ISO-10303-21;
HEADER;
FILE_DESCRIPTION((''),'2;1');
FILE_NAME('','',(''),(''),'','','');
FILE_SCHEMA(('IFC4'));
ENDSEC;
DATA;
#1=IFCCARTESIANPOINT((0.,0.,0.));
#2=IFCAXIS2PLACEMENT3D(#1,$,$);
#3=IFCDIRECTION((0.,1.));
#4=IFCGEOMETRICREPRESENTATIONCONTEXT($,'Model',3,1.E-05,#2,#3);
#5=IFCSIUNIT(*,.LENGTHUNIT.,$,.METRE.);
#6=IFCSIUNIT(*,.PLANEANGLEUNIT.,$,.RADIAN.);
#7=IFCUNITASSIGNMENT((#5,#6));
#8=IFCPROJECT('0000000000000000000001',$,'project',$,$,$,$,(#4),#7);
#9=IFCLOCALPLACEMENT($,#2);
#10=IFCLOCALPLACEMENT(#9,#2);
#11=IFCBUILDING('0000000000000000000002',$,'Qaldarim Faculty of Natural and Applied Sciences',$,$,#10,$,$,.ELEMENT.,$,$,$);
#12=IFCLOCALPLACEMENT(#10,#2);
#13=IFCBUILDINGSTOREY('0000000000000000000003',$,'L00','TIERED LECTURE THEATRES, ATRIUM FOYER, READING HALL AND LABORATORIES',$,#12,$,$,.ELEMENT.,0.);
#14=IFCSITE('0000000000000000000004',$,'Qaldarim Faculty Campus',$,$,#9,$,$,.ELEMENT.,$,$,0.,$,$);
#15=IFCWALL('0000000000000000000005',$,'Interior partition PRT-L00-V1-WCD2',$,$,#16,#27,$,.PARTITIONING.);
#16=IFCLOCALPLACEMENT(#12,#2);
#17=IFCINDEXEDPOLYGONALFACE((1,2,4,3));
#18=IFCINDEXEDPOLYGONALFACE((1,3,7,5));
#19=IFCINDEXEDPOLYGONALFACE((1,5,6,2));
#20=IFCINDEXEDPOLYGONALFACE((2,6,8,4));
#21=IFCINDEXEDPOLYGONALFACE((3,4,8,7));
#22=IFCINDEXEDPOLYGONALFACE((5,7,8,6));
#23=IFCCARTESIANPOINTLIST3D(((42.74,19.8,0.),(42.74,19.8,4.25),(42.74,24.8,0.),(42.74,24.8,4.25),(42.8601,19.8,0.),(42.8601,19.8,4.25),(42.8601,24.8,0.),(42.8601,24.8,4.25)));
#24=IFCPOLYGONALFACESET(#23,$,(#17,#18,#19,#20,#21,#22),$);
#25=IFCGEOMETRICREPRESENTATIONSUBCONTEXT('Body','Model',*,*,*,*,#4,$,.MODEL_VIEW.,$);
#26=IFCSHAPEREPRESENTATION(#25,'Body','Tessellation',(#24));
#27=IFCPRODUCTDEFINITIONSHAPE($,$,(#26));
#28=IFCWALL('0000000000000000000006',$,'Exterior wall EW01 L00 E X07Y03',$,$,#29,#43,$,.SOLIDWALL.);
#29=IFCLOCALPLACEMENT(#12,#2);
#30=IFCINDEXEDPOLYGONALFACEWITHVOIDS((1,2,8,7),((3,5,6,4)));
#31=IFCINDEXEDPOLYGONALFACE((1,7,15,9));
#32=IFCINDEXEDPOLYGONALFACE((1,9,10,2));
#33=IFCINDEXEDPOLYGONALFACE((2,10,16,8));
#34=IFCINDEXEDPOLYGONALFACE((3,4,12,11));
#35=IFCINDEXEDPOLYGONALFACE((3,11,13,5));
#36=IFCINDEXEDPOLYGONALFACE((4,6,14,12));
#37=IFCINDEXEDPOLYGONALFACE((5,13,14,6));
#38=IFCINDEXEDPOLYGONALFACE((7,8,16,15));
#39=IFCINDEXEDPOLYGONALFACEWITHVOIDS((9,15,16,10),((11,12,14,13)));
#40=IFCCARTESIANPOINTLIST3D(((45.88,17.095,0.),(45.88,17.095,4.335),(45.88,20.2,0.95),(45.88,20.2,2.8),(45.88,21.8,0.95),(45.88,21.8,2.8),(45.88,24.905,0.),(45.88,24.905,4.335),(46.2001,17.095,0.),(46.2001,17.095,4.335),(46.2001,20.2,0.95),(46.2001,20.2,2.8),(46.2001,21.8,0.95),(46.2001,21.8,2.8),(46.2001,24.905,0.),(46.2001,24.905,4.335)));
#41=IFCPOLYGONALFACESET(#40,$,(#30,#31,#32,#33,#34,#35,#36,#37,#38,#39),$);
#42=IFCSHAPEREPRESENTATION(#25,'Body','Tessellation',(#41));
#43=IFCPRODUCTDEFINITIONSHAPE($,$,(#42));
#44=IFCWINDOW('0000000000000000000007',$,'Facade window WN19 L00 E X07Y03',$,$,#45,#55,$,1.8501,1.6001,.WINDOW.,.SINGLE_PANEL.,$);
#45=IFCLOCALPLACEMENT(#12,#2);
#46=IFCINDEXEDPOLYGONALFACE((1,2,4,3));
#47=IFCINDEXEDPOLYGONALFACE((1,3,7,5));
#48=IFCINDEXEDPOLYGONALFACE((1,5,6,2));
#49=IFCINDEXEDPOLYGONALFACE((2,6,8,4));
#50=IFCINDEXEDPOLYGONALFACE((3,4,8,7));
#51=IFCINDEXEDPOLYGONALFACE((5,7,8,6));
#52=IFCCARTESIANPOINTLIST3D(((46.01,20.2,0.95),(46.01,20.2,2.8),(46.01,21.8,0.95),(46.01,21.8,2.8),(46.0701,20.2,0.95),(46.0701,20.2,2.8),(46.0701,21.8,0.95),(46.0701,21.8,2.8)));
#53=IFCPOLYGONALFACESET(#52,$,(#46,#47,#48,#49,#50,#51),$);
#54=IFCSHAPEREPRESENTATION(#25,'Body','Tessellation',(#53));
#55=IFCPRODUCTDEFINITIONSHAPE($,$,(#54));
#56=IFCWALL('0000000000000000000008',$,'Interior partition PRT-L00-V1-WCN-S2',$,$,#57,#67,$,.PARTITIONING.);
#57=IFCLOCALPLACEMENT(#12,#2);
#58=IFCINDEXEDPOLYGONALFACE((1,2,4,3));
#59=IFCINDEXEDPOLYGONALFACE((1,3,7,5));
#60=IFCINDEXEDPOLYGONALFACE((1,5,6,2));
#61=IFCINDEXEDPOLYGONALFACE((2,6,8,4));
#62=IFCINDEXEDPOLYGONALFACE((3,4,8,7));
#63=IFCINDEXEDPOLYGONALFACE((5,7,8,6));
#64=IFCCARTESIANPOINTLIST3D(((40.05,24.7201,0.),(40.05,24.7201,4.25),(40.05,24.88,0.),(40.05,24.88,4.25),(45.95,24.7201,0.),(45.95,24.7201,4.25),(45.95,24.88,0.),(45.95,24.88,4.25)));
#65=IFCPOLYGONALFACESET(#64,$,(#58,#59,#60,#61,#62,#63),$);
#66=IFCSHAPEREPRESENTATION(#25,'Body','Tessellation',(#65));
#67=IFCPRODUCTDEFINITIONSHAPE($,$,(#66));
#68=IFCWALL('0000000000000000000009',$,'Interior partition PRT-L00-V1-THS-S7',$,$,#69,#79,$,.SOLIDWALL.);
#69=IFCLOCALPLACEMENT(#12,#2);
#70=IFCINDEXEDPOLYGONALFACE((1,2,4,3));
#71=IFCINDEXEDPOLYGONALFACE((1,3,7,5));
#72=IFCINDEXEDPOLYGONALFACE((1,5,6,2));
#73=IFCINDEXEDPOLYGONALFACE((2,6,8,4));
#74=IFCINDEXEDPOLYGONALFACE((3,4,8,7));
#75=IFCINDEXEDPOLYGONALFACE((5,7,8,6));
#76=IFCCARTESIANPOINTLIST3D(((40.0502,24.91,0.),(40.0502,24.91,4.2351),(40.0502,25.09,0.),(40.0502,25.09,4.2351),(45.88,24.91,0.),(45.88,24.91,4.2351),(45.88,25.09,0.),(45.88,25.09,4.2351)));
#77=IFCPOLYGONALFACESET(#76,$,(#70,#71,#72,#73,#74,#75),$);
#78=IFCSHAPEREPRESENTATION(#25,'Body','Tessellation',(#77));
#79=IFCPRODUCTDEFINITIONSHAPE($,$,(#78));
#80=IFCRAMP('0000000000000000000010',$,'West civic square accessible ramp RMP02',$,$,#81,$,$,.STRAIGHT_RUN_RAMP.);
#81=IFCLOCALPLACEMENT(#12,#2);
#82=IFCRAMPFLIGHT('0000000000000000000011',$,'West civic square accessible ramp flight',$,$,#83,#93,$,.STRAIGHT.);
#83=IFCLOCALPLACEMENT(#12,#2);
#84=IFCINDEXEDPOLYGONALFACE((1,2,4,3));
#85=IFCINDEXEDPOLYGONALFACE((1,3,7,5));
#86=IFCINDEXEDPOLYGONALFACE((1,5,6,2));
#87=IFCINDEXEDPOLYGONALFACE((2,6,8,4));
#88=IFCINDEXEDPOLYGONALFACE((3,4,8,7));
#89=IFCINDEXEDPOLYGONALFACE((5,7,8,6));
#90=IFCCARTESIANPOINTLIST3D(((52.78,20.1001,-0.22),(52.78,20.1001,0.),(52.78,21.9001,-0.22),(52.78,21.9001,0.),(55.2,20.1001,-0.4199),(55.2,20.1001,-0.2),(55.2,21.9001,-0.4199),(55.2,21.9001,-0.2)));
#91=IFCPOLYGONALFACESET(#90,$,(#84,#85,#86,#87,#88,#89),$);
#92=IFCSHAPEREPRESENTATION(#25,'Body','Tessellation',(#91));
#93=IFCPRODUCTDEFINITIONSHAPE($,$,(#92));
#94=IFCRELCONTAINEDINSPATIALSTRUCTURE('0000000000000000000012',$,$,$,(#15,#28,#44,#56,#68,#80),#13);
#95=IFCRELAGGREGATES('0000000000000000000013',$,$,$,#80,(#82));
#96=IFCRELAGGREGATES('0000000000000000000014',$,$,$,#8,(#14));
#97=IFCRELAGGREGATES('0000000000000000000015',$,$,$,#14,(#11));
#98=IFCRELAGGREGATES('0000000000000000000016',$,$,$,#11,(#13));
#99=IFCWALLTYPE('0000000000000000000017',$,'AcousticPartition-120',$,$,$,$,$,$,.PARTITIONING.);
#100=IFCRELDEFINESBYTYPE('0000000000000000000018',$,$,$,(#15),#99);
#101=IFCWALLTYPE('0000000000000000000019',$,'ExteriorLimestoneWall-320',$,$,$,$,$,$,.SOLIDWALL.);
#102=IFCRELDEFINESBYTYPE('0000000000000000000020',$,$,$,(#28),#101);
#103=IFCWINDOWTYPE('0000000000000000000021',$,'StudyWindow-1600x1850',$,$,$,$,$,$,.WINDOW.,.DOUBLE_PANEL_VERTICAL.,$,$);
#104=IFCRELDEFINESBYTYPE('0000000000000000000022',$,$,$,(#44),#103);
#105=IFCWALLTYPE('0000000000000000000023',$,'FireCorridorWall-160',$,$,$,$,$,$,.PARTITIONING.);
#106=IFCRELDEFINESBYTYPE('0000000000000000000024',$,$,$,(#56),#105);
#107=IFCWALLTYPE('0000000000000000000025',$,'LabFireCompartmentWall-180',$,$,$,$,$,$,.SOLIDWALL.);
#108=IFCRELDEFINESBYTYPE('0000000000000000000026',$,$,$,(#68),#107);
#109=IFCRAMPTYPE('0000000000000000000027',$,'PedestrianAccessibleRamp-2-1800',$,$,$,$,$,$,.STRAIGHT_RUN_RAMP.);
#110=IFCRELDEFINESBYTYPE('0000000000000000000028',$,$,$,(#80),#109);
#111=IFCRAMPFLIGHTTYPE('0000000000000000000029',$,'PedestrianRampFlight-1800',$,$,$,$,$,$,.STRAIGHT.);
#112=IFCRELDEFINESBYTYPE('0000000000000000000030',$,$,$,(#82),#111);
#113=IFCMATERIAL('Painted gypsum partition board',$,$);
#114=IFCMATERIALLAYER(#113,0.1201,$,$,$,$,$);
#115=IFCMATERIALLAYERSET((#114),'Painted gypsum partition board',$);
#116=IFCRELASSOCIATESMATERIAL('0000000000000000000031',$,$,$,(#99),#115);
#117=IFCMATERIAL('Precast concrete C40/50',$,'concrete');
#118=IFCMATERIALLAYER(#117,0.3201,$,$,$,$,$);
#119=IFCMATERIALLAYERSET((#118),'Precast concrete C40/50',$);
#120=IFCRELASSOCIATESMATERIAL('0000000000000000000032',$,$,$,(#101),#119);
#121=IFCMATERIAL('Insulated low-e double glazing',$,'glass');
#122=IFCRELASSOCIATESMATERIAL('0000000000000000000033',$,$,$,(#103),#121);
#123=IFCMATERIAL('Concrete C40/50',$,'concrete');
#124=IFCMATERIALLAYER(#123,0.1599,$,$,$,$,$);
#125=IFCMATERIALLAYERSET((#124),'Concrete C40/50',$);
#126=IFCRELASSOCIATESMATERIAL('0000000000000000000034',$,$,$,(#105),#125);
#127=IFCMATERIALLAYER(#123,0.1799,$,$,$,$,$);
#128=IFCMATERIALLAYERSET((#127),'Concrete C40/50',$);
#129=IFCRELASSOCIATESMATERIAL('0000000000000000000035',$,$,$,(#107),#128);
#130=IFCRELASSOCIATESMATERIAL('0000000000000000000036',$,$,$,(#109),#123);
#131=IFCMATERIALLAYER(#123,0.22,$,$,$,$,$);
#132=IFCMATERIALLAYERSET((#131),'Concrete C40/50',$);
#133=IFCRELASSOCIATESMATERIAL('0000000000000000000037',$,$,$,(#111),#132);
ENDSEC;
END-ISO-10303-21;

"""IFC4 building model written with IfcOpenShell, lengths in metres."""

from ifc_helpers import new_model, si_unit, direction, frame, frame_2d, origin, place, context, subcontext, project, spatial, polyline, rectangle, outline, extrude, material, layer, layer_set, type_object, element, fill, aggregate, save


model = new_model("IFC4")

# Units and contexts
model_context = context("Model", 3, precision=1e-05, world=origin(), true_north=direction((0.0, 1.0)))
body_context = subcontext(model_context, "Body", "Model", "MODEL_VIEW")
ifc_project = project(units=[si_unit("LENGTHUNIT", "METRE"), si_unit("PLANEANGLEUNIT", "RADIAN")], contexts=[model_context])

# Site, building, storey
site_placement = place(None, origin())
site = spatial("IfcSite", under=ifc_project, at=site_placement, Name="Qaldarim Faculty Campus", CompositionType="ELEMENT", RefElevation=0.0)
building_placement = place(site_placement, origin())
building = spatial("IfcBuilding", under=site, at=building_placement, Name="Qaldarim Faculty of Natural and Applied Sciences", CompositionType="ELEMENT")
storey_placement = place(building_placement, origin())
storey = spatial("IfcBuildingStorey", under=building, at=storey_placement, Name="L00", Description="TIERED LECTURE THEATRES, ATRIUM FOYER, READING HALL AND LABORATORIES", CompositionType="ELEMENT", Elevation=0.0)

# Shared definitions
ifc_material_1 = material(Name="Concrete C40/50", Category="concrete")

# Wall
ifc_material_2 = material(Name="Painted gypsum partition board")
ifc_layer_1 = layer(ifc_material_2, 0.1201)
ifc_layer_set_1 = layer_set([ifc_layer_1], Name="Painted gypsum partition board")
wall_type_1 = type_object("IfcWallType", Name="AcousticPartition-120", PredefinedType="PARTITIONING", material=ifc_layer_set_1)
wall_1_placement = place(storey_placement, frame((42.8, 19.8, 0.0), z_axis=(0.0, 0.0, 1.0), x_axis=(0.0, 1.0, 0.0)))
element("IfcWall", 1, at=wall_1_placement, inside=storey, type_object=wall_type_1, Name="Interior partition PRT-L00-V1-WCD2", PredefinedType="PARTITIONING", context=body_context, shape_type="SweptSolid", body=[
    extrude(rectangle(XDim=5.0, YDim=0.1201, at=frame_2d((2.5, 0.0))), origin(), (0.0, 0.0, 1.0), 4.25),
])

# Wall, opening, window
ifc_material_3 = material(Name="Precast concrete C40/50", Category="concrete")
ifc_layer_2 = layer(ifc_material_3, 0.3201)
ifc_layer_set_2 = layer_set([ifc_layer_2], Name="Precast concrete C40/50")
wall_type_2 = type_object("IfcWallType", Name="ExteriorLimestoneWall-320", PredefinedType="SOLIDWALL", material=ifc_layer_set_2)
wall_2_placement = place(storey_placement, frame((46.04, 17.095, 0.0), z_axis=(0.0, 0.0, 1.0), x_axis=(0.0, 1.0, 0.0)))
wall_2 = element("IfcWall", 2, at=wall_2_placement, inside=storey, type_object=wall_type_2, Name="Exterior wall EW01 L00 E X07Y03", PredefinedType="SOLIDWALL", context=body_context, shape_type="SweptSolid", body=[
    extrude(rectangle(XDim=7.8101, YDim=0.3201, at=frame_2d((3.905, 0.0))), origin(), (0.0, 0.0, 1.0), 4.335),
])
opening_1_placement = place(wall_2_placement, frame((3.105, 0.0, 0.95)))
opening_1 = element("IfcOpeningElement", 3, at=opening_1_placement, cuts=wall_2, PredefinedType="OPENING", context=body_context, shape_type="SweptSolid", body=[
    extrude(rectangle(XDim=1.6001, YDim=1.8501, at=frame_2d((0.8, 0.925))), frame((0.0, 0.1699, 0.0), z_axis=(0.0, -1.0, 0.0), x_axis=(1.0, 0.0, 0.0)), (0.0, 0.0, 1.0), 0.3401),
])
ifc_material_4 = material(Name="Insulated low-e double glazing", Category="glass")
window_type = type_object("IfcWindowType", Name="StudyWindow-1600x1850", PartitioningType="DOUBLE_PANEL_VERTICAL", PredefinedType="WINDOW", material=ifc_material_4)
window_placement = place(opening_1_placement, origin())
window = element("IfcWindow", 4, at=window_placement, inside=storey, type_object=window_type, Name="Facade window WN19 L00 E X07Y03", OverallHeight=1.8501, OverallWidth=1.6001, PartitioningType="SINGLE_PANEL", PredefinedType="WINDOW", context=body_context, shape_type="SweptSolid", body=[
    extrude(rectangle(XDim=1.6001, YDim=1.8501, at=frame_2d((0.8, 0.925))), frame((0.0, 0.03, 0.0), z_axis=(0.0, -1.0, 0.0), x_axis=(1.0, 0.0, 0.0)), (0.0, 0.0, 1.0), 0.0601),
])
fill(opening_1, window)

# Walls
ifc_layer_3 = layer(ifc_material_1, 0.1599)
ifc_layer_set_3 = layer_set([ifc_layer_3], Name="Concrete C40/50")
wall_type_3 = type_object("IfcWallType", Name="FireCorridorWall-160", PredefinedType="PARTITIONING", material=ifc_layer_set_3)
wall_3_placement = place(storey_placement, frame((40.05, 24.8, 0.0), z_axis=(0.0, 0.0, 1.0), x_axis=(1.0, 0.0, 0.0)))
element("IfcWall", 5, at=wall_3_placement, inside=storey, type_object=wall_type_3, Name="Interior partition PRT-L00-V1-WCN-S2", PredefinedType="PARTITIONING", context=body_context, shape_type="SweptSolid", body=[
    extrude(rectangle(XDim=5.8999, YDim=0.1599, at=frame_2d((2.95, 0.0))), origin(), (0.0, 0.0, 1.0), 4.25),
])
ifc_layer_4 = layer(ifc_material_1, 0.1799)
ifc_layer_set_4 = layer_set([ifc_layer_4], Name="Concrete C40/50")
wall_type_4 = type_object("IfcWallType", Name="LabFireCompartmentWall-180", PredefinedType="SOLIDWALL", material=ifc_layer_set_4)
wall_4_placement = place(storey_placement, frame((40.05, 25.0, 0.0), z_axis=(0.0, 0.0, 1.0), x_axis=(1.0, 0.0, 0.0)))
element("IfcWall", 6, at=wall_4_placement, inside=storey, type_object=wall_type_4, Name="Interior partition PRT-L00-V1-THS-S7", PredefinedType="SOLIDWALL", context=body_context, shape_type="SweptSolid", body=[
    extrude(rectangle(XDim=5.8298, YDim=0.1799, at=frame_2d((2.915, 0.0))), origin(), (0.0, 0.0, 1.0), 4.2351),
])

# Ramp, ramp flight
ramp_type = type_object("IfcRampType", Name="PedestrianAccessibleRamp-2-1800", PredefinedType="STRAIGHT_RUN_RAMP", material=ifc_material_1)
ramp_placement = place(storey_placement, origin())
ramp = element("IfcRamp", 7, at=ramp_placement, inside=storey, type_object=ramp_type, Name="West civic square accessible ramp RMP02", PredefinedType="STRAIGHT_RUN_RAMP")
ifc_layer_5 = layer(ifc_material_1, 0.22)
ifc_layer_set_5 = layer_set([ifc_layer_5], Name="Concrete C40/50")
ramp_flight_type = type_object("IfcRampFlightType", Name="PedestrianRampFlight-1800", PredefinedType="STRAIGHT", material=ifc_layer_set_5)
ramp_flight_placement = place(storey_placement, frame((55.2, 21.0, -0.2), z_axis=(0.0, 0.0, 1.0), x_axis=(-1.0, 0.0, 0.0)))
ramp_flight = element("IfcRampFlight", 8, at=ramp_flight_placement, type_object=ramp_flight_type, Name="West civic square accessible ramp flight", PredefinedType="STRAIGHT", context=body_context, shape_type="SweptSolid", body=[
    extrude(outline(polyline([(0.0, 0.0), (2.4199, 0.2), (2.4199, -0.02), (0.0, -0.22), (0.0, 0.0)])), frame((0.0, 0.8999, 0.0), z_axis=(0.0, -1.0, 0.0), x_axis=(1.0, 0.0, 0.0)), (0.0, 0.0, 1.0), 1.8),
])
aggregate(ramp, [ramp_flight])

save(model, "model.ifc")
